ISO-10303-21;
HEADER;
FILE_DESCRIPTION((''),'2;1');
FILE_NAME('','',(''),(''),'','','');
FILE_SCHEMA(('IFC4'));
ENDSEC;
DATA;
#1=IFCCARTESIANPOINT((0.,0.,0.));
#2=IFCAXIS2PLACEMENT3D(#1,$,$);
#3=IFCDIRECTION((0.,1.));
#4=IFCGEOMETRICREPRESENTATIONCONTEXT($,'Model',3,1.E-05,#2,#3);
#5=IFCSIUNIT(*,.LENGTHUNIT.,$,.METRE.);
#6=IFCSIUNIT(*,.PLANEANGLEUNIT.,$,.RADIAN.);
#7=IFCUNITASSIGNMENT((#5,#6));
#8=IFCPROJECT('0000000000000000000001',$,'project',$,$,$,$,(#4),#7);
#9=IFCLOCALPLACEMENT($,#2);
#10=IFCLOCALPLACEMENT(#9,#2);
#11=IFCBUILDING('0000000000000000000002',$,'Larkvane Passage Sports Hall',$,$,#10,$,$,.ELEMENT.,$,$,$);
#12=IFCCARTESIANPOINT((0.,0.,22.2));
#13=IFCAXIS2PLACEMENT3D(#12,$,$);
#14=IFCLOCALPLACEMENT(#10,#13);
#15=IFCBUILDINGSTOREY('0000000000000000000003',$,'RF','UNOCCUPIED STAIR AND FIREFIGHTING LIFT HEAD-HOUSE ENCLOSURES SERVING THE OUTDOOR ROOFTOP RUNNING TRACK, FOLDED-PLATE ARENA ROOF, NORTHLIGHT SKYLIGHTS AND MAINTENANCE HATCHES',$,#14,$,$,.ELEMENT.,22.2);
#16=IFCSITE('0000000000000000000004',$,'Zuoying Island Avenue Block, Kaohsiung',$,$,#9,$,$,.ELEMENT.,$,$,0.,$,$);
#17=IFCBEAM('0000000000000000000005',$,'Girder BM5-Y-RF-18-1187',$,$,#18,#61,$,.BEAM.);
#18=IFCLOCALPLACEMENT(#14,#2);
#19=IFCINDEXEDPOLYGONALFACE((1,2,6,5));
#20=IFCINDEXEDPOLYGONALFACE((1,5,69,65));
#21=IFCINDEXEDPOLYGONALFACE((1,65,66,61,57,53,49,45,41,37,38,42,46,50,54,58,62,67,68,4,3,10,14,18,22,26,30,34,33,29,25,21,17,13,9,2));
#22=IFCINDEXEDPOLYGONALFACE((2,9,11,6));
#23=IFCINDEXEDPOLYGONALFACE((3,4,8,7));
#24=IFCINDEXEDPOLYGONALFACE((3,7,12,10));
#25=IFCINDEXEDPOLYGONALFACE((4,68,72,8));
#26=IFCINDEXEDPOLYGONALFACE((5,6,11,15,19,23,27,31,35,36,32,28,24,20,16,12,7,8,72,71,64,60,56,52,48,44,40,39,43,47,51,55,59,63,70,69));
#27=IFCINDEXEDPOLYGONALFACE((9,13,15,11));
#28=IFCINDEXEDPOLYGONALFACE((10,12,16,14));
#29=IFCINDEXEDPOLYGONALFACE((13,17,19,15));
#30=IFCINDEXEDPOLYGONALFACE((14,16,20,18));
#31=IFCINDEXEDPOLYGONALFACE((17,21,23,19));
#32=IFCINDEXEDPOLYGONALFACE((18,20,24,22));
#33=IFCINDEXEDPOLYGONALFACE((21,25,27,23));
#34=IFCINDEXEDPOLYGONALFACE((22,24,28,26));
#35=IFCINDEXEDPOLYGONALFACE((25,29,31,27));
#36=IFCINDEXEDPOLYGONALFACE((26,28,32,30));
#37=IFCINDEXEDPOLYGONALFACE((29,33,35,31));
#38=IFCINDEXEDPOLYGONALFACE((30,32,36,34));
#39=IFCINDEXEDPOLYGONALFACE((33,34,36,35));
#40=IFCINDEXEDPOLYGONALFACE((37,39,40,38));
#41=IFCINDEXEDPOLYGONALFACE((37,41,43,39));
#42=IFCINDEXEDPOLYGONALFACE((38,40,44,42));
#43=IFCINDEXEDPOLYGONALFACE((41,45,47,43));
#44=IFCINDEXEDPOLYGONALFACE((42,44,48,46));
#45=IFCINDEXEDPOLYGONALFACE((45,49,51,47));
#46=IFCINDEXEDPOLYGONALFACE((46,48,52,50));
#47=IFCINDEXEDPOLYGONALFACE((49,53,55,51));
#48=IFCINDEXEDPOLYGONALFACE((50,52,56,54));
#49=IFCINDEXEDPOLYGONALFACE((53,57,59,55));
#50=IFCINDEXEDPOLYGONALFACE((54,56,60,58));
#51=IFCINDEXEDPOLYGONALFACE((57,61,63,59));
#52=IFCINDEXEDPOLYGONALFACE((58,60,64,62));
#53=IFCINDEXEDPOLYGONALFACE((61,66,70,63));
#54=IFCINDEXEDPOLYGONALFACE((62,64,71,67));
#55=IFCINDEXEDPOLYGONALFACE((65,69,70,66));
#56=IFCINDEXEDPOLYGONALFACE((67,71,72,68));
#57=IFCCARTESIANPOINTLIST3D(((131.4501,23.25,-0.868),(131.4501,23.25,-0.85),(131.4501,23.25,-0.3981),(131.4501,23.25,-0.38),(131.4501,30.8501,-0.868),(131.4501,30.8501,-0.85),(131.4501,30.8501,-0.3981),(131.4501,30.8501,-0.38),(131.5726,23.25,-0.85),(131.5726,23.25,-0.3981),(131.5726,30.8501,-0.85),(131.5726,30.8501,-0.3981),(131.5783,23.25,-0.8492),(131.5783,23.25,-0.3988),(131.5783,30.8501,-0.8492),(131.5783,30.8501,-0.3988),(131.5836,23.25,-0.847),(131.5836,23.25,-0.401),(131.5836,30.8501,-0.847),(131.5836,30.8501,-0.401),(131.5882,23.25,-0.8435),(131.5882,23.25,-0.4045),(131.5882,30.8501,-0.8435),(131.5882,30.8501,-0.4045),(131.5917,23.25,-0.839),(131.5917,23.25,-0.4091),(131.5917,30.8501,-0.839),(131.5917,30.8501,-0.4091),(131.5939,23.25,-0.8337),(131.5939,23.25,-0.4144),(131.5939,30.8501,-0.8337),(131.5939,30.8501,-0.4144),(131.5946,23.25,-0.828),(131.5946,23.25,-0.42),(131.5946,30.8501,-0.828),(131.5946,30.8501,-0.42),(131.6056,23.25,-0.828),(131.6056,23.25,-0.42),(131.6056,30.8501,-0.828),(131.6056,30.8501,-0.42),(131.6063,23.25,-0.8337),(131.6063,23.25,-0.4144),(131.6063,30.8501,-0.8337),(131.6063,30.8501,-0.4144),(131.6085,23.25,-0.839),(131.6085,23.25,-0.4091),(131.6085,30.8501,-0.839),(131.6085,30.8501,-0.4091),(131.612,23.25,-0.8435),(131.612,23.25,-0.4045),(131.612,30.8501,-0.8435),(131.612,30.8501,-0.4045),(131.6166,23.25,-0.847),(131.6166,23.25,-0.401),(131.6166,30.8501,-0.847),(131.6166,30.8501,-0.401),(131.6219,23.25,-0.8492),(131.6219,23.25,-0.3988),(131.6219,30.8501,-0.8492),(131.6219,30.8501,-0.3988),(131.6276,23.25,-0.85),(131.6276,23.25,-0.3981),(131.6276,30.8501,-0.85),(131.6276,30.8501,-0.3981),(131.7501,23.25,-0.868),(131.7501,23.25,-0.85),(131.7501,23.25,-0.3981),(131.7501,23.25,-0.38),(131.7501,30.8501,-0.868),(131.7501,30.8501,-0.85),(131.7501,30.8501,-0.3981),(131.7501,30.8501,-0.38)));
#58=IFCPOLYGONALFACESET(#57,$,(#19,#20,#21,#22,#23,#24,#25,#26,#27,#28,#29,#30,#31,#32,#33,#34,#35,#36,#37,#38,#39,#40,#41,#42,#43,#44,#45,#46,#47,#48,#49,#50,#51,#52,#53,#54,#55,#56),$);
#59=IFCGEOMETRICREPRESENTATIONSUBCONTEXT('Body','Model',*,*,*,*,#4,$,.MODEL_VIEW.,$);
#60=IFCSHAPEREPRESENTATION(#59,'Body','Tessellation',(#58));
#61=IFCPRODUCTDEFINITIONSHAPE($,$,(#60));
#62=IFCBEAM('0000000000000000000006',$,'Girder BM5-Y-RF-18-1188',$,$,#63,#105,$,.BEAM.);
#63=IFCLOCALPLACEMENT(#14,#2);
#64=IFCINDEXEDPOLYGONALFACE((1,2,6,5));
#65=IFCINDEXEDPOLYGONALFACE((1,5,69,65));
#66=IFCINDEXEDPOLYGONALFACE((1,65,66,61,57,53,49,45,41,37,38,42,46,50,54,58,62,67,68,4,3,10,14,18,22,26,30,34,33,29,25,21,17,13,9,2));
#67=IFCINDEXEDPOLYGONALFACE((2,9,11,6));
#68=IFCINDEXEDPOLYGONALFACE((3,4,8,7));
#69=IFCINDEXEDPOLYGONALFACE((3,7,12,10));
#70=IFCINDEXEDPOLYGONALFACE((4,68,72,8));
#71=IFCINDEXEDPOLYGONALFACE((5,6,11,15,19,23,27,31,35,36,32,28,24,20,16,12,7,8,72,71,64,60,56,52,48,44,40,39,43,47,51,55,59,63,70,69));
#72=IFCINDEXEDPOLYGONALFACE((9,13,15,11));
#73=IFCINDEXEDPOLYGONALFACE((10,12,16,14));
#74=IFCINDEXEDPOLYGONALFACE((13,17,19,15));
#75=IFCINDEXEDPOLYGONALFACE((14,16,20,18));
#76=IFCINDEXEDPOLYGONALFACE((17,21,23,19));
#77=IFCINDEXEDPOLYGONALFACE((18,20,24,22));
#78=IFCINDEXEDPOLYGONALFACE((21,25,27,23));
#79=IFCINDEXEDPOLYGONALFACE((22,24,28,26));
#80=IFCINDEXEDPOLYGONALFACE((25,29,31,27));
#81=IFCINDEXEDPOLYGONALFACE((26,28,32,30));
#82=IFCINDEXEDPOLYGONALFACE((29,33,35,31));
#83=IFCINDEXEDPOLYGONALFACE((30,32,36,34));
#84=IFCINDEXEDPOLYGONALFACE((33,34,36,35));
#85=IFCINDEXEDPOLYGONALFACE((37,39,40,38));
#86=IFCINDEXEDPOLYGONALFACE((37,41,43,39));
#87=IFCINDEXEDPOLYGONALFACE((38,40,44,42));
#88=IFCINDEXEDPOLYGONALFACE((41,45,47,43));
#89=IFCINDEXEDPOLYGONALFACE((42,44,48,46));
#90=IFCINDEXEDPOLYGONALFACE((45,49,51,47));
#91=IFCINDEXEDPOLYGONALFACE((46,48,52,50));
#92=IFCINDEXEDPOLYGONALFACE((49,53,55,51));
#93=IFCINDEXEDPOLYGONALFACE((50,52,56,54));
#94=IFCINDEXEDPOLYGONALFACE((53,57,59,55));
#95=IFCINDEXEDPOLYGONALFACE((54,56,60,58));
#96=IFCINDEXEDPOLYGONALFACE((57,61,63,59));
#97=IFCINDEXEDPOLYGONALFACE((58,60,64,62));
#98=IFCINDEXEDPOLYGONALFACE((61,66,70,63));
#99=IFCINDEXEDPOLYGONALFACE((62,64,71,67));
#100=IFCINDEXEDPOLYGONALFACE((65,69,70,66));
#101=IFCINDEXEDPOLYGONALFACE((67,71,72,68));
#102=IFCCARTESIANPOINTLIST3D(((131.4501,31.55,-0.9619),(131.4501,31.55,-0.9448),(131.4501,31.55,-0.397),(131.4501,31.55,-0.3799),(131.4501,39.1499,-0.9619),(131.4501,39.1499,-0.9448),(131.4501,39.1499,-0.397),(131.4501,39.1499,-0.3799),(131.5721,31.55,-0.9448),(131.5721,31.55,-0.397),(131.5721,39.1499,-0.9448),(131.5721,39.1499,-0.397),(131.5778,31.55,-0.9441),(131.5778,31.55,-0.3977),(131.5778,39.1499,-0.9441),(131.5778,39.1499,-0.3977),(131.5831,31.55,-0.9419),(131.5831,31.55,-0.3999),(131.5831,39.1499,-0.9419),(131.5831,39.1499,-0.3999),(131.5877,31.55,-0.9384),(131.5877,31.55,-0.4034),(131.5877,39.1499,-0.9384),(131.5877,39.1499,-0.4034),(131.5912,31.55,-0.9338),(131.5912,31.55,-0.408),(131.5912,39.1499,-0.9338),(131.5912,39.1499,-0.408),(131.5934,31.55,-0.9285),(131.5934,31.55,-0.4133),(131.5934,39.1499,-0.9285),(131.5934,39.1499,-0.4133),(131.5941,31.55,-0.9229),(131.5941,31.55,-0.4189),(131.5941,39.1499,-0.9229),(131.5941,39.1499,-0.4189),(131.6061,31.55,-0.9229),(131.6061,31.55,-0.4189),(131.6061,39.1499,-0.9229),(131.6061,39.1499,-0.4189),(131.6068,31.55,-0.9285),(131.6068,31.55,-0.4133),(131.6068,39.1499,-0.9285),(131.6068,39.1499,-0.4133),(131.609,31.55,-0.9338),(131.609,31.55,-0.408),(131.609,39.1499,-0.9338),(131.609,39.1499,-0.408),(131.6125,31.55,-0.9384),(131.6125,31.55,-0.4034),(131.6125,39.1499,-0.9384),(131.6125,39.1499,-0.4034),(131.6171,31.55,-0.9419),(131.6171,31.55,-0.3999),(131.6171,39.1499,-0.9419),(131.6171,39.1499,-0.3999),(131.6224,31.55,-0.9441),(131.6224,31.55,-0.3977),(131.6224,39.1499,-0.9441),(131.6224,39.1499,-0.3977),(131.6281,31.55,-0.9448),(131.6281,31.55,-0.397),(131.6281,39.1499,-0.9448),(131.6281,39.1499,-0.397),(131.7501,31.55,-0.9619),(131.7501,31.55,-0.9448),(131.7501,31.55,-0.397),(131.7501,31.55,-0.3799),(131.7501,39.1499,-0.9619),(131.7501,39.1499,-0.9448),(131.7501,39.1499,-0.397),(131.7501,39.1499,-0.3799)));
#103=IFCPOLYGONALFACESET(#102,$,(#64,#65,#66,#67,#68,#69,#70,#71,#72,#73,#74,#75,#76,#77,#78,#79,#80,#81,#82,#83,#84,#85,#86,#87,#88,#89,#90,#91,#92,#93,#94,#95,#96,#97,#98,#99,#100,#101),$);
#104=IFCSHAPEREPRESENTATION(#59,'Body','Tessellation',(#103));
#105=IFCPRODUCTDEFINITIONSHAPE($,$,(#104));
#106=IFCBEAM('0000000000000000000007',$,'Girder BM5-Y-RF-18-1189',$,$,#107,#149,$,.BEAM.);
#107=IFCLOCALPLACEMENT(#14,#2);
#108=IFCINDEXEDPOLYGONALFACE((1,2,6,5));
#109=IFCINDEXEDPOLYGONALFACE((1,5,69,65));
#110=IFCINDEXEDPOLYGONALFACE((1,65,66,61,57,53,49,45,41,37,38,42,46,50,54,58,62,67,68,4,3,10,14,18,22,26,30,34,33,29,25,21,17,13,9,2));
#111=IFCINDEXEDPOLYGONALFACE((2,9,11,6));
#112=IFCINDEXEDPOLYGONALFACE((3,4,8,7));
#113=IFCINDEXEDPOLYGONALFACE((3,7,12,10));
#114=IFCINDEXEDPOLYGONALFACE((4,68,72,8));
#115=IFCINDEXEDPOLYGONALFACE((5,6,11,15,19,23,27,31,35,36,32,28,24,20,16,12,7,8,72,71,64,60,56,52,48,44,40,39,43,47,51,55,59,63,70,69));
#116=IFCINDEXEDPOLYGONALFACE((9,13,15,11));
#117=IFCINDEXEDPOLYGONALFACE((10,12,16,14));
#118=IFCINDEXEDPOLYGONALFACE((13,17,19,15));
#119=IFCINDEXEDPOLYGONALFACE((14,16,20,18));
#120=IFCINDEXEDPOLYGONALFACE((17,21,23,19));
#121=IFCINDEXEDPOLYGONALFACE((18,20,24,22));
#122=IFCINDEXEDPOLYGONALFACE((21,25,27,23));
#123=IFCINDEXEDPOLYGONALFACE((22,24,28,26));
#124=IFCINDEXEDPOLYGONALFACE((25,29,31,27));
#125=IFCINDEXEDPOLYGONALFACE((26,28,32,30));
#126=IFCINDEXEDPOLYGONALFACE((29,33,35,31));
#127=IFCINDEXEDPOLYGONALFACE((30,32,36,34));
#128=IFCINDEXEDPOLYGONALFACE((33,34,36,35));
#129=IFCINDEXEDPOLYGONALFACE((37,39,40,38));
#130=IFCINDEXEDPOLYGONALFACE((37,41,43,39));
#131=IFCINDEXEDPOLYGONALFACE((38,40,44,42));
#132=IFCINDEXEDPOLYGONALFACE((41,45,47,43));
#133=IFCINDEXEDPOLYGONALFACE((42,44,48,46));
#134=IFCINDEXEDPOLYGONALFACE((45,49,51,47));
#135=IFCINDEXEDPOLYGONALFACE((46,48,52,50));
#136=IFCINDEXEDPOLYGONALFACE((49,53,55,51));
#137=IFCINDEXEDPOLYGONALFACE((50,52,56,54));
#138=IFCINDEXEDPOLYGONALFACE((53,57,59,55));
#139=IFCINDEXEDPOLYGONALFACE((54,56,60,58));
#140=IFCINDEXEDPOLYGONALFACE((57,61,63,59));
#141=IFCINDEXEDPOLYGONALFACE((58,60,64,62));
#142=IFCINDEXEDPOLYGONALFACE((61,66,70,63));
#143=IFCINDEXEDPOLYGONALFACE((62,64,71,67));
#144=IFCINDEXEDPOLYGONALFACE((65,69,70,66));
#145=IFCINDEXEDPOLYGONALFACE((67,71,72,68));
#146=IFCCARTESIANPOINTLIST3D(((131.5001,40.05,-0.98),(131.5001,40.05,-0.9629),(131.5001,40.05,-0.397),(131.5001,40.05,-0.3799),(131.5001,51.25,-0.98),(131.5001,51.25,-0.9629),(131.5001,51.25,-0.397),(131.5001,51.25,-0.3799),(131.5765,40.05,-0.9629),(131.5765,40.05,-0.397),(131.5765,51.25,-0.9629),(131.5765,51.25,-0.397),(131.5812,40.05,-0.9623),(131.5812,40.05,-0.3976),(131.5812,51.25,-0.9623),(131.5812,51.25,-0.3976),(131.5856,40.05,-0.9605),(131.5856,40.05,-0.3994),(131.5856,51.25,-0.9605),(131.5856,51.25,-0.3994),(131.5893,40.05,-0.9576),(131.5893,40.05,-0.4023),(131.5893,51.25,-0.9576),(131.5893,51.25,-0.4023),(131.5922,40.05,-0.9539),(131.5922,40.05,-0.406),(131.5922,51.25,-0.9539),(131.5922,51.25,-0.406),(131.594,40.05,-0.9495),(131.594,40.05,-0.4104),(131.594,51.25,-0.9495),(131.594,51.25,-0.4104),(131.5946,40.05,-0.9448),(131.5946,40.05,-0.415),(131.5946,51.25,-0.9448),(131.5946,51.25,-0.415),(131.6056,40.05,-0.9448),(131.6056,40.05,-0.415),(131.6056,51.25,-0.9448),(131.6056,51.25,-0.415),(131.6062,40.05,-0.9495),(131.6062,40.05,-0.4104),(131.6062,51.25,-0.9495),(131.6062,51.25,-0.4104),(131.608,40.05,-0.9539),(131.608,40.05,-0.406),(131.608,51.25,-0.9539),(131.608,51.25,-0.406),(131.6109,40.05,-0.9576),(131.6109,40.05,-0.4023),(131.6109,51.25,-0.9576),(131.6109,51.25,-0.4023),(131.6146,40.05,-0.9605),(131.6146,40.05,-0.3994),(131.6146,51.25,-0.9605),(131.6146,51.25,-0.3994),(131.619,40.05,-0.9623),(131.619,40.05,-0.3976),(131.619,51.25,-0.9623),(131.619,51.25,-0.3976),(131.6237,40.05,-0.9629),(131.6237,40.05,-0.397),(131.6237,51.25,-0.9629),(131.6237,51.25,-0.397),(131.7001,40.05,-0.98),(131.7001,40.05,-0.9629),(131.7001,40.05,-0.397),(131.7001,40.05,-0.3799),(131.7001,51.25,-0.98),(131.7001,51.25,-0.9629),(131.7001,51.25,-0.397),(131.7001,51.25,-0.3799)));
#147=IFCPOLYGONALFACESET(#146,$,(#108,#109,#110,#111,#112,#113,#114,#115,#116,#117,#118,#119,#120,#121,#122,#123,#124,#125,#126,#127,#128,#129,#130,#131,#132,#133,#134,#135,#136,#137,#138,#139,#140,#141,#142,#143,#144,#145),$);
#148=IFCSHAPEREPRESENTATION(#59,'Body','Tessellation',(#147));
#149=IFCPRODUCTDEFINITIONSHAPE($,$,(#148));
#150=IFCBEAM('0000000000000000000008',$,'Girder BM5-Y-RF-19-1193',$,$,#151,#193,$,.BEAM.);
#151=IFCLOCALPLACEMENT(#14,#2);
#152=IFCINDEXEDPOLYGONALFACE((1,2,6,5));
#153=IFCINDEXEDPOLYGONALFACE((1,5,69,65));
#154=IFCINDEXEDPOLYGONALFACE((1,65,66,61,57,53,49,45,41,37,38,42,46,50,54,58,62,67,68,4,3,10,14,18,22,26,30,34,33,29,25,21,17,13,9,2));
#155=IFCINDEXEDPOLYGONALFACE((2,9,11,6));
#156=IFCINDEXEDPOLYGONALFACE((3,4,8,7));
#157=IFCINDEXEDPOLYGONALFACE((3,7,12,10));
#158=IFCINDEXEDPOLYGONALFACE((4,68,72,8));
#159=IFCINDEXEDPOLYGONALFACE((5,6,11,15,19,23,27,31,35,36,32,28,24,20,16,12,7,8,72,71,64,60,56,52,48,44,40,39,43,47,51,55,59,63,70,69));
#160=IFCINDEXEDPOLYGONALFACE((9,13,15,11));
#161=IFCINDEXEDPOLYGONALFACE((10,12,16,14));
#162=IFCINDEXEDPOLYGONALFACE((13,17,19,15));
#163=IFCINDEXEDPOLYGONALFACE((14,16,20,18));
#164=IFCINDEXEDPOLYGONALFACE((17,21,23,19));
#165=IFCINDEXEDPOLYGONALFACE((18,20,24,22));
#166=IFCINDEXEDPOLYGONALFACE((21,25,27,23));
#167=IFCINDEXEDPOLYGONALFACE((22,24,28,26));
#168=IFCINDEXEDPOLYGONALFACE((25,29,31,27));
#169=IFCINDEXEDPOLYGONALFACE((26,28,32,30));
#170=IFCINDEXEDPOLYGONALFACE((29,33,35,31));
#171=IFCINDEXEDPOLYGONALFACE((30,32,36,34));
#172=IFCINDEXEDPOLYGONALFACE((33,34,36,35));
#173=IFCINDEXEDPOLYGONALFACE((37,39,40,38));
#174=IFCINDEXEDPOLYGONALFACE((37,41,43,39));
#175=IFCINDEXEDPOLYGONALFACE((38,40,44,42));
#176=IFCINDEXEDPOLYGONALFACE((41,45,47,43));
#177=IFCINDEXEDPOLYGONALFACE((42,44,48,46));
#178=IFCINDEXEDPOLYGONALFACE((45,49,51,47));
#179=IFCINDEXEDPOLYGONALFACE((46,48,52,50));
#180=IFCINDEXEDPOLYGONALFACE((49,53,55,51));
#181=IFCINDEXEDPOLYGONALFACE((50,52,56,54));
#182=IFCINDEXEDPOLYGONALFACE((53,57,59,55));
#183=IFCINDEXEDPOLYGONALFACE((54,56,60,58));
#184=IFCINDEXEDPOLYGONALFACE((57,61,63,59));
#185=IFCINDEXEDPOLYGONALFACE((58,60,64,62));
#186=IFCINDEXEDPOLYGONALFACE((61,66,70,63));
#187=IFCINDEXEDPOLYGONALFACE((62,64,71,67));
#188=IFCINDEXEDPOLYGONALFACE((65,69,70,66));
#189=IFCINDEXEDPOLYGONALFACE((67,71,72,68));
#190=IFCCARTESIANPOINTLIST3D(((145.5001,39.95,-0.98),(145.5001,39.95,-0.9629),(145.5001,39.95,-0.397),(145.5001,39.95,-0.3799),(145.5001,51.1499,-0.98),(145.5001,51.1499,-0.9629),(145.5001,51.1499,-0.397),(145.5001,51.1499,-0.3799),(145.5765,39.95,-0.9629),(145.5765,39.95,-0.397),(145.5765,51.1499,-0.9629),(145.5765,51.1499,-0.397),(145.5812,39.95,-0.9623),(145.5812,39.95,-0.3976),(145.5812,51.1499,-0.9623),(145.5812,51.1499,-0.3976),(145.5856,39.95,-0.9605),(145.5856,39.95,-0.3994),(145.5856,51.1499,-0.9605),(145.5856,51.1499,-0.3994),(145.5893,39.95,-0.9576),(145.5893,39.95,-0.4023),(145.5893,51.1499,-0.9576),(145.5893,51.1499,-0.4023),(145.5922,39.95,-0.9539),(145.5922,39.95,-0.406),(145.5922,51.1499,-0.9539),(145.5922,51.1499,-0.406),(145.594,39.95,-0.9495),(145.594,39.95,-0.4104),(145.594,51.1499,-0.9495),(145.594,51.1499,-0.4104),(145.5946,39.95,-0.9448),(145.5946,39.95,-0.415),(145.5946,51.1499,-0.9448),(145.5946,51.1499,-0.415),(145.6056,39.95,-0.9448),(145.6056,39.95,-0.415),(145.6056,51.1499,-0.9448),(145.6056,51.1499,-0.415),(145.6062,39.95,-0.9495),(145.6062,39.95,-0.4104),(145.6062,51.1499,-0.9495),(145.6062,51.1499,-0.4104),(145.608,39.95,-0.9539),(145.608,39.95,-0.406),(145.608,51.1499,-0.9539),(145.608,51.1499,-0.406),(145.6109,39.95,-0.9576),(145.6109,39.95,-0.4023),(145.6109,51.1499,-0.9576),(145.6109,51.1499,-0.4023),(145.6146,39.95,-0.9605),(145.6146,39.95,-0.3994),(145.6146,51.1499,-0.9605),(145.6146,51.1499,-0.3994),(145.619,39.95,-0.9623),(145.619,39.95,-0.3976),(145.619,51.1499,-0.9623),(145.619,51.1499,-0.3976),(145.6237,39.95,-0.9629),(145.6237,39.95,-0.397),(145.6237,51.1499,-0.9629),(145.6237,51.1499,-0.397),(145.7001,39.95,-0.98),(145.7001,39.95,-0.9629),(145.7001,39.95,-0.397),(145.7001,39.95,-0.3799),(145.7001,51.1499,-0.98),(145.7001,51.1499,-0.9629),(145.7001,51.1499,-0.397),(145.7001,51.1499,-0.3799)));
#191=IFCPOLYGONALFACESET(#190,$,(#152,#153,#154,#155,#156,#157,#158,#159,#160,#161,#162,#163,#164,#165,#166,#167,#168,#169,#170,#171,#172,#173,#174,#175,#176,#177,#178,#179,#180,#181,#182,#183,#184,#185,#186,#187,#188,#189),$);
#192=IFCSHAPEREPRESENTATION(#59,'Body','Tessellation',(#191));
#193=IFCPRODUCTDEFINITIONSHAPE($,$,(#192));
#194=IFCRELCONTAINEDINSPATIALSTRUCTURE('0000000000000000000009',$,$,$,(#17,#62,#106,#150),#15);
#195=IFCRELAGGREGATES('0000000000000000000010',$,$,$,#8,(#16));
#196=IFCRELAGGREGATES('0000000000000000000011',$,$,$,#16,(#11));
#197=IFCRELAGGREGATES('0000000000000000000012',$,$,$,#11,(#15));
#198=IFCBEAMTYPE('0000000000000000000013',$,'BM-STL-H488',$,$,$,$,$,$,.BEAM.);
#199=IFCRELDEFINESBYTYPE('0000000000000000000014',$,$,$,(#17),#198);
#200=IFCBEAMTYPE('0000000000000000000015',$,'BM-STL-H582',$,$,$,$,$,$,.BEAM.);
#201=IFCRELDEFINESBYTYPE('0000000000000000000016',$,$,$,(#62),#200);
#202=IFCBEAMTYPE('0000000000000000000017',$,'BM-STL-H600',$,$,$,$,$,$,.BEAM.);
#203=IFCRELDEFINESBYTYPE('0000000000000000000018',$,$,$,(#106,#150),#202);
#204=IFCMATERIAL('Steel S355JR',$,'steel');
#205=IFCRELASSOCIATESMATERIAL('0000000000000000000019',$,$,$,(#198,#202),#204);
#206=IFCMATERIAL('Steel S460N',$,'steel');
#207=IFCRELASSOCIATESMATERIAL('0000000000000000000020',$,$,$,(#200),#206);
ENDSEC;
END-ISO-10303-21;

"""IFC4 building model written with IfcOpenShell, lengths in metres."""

from ifc_helpers import new_model, si_unit, direction, frame, origin, origin_2d, place, context, subcontext, project, spatial, i_section, extrude, material, material_profile, profile_set, type_object, element, save


model = new_model("IFC4")

# Units and contexts
model_context = context("Model", 3, precision=1e-05, world=origin(), true_north=direction((0.0, 1.0)))
body_context = subcontext(model_context, "Body", "Model", "MODEL_VIEW")
ifc_project = project(units=[si_unit("LENGTHUNIT", "METRE"), si_unit("PLANEANGLEUNIT", "RADIAN")], contexts=[model_context])

# Site, building, storey
site_placement = place(None, origin())
site = spatial("IfcSite", under=ifc_project, at=site_placement, Name="Zuoying Island Avenue Block, Kaohsiung", CompositionType="ELEMENT", RefElevation=0.0)
building_placement = place(site_placement, origin())
building = spatial("IfcBuilding", under=site, at=building_placement, Name="Larkvane Passage Sports Hall", CompositionType="ELEMENT")
storey_placement = place(building_placement, frame((0.0, 0.0, 22.2)))
storey = spatial("IfcBuildingStorey", under=building, at=storey_placement, Name="RF", Description="UNOCCUPIED STAIR AND FIREFIGHTING LIFT HEAD-HOUSE ENCLOSURES SERVING THE OUTDOOR ROOFTOP RUNNING TRACK, FOLDED-PLATE ARENA ROOF, NORTHLIGHT SKYLIGHTS AND MAINTENANCE HATCHES", CompositionType="ELEMENT", Elevation=22.2)

# Beams
ifc_material_1 = material(Name="Steel S355JR", Category="steel")
ifc_material_profile_1 = material_profile(ifc_material_1, i_section(OverallWidth=0.3, OverallDepth=0.488, WebThickness=0.011, FlangeThickness=0.0181, FilletRadius=0.022, at=origin_2d()), Name="H-488x300x11x18")
ifc_profile_set_1 = profile_set([ifc_material_profile_1], Name="Steel S355JR")
beam_type_1 = type_object("IfcBeamType", Name="BM-STL-H488", PredefinedType="BEAM", material=ifc_profile_set_1)
beam_1_placement = place(storey_placement, frame((131.6001, 23.25, -0.624), z_axis=(0.0, 1.0, 0.0), x_axis=(-1.0, 0.0, 0.0)))
element("IfcBeam", 1, at=beam_1_placement, inside=storey, type_object=beam_type_1, Name="Girder BM5-Y-RF-18-1187", PredefinedType="BEAM", context=body_context, shape_type="SweptSolid", body=[
    extrude(i_section(OverallWidth=0.3, OverallDepth=0.488, WebThickness=0.011, FlangeThickness=0.0181, FilletRadius=0.022, at=origin_2d()), origin(), (0.0, 0.0, 1.0), 7.6001),
])
ifc_material_2 = material(Name="Steel S460N", Category="steel")
ifc_material_profile_2 = material_profile(ifc_material_2, i_section(OverallWidth=0.3, OverallDepth=0.582, WebThickness=0.012, FlangeThickness=0.0171, FilletRadius=0.022, at=origin_2d()), Name="H-582x300x12x17")
ifc_profile_set_2 = profile_set([ifc_material_profile_2], Name="Steel S460N")
beam_type_2 = type_object("IfcBeamType", Name="BM-STL-H582", PredefinedType="BEAM", material=ifc_profile_set_2)
beam_2_placement = place(storey_placement, frame((131.6001, 31.55, -0.6709), z_axis=(0.0, 1.0, 0.0), x_axis=(-1.0, 0.0, 0.0)))
element("IfcBeam", 2, at=beam_2_placement, inside=storey, type_object=beam_type_2, Name="Girder BM5-Y-RF-18-1188", PredefinedType="BEAM", context=body_context, shape_type="SweptSolid", body=[
    extrude(i_section(OverallWidth=0.3, OverallDepth=0.582, WebThickness=0.012, FlangeThickness=0.0171, FilletRadius=0.022, at=origin_2d()), origin(), (0.0, 0.0, 1.0), 7.5999),
])
ifc_material_profile_3 = material_profile(ifc_material_1, i_section(OverallWidth=0.2, OverallDepth=0.6001, WebThickness=0.011, FlangeThickness=0.0171, FilletRadius=0.0181, at=origin_2d()), Name="H-600x200x11x17")
ifc_profile_set_3 = profile_set([ifc_material_profile_3], Name="Steel S355JR")
beam_type_3 = type_object("IfcBeamType", Name="BM-STL-H600", PredefinedType="BEAM", material=ifc_profile_set_3)
for number, where, z_axis, x_axis, name in (
    (3, (131.6001, 40.05, -0.6799), (0.0, 1.0, 0.0), (-1.0, 0.0, 0.0), "Girder BM5-Y-RF-18-1189"),
    (4, (145.6001, 39.95, -0.6799), (0.0, 1.0, 0.0), (-1.0, 0.0, 0.0), "Girder BM5-Y-RF-19-1193"),
):
    element("IfcBeam", number, at=place(storey_placement, frame(where, z_axis=z_axis, x_axis=x_axis)), inside=storey, type_object=beam_type_3, Name=name, PredefinedType="BEAM", context=body_context, shape_type="SweptSolid", body=[
        extrude(i_section(OverallWidth=0.2, OverallDepth=0.6001, WebThickness=0.011, FlangeThickness=0.0171, FilletRadius=0.0181, at=origin_2d()), origin(), (0.0, 0.0, 1.0), 11.2),
    ])

save(model, "model.ifc")
